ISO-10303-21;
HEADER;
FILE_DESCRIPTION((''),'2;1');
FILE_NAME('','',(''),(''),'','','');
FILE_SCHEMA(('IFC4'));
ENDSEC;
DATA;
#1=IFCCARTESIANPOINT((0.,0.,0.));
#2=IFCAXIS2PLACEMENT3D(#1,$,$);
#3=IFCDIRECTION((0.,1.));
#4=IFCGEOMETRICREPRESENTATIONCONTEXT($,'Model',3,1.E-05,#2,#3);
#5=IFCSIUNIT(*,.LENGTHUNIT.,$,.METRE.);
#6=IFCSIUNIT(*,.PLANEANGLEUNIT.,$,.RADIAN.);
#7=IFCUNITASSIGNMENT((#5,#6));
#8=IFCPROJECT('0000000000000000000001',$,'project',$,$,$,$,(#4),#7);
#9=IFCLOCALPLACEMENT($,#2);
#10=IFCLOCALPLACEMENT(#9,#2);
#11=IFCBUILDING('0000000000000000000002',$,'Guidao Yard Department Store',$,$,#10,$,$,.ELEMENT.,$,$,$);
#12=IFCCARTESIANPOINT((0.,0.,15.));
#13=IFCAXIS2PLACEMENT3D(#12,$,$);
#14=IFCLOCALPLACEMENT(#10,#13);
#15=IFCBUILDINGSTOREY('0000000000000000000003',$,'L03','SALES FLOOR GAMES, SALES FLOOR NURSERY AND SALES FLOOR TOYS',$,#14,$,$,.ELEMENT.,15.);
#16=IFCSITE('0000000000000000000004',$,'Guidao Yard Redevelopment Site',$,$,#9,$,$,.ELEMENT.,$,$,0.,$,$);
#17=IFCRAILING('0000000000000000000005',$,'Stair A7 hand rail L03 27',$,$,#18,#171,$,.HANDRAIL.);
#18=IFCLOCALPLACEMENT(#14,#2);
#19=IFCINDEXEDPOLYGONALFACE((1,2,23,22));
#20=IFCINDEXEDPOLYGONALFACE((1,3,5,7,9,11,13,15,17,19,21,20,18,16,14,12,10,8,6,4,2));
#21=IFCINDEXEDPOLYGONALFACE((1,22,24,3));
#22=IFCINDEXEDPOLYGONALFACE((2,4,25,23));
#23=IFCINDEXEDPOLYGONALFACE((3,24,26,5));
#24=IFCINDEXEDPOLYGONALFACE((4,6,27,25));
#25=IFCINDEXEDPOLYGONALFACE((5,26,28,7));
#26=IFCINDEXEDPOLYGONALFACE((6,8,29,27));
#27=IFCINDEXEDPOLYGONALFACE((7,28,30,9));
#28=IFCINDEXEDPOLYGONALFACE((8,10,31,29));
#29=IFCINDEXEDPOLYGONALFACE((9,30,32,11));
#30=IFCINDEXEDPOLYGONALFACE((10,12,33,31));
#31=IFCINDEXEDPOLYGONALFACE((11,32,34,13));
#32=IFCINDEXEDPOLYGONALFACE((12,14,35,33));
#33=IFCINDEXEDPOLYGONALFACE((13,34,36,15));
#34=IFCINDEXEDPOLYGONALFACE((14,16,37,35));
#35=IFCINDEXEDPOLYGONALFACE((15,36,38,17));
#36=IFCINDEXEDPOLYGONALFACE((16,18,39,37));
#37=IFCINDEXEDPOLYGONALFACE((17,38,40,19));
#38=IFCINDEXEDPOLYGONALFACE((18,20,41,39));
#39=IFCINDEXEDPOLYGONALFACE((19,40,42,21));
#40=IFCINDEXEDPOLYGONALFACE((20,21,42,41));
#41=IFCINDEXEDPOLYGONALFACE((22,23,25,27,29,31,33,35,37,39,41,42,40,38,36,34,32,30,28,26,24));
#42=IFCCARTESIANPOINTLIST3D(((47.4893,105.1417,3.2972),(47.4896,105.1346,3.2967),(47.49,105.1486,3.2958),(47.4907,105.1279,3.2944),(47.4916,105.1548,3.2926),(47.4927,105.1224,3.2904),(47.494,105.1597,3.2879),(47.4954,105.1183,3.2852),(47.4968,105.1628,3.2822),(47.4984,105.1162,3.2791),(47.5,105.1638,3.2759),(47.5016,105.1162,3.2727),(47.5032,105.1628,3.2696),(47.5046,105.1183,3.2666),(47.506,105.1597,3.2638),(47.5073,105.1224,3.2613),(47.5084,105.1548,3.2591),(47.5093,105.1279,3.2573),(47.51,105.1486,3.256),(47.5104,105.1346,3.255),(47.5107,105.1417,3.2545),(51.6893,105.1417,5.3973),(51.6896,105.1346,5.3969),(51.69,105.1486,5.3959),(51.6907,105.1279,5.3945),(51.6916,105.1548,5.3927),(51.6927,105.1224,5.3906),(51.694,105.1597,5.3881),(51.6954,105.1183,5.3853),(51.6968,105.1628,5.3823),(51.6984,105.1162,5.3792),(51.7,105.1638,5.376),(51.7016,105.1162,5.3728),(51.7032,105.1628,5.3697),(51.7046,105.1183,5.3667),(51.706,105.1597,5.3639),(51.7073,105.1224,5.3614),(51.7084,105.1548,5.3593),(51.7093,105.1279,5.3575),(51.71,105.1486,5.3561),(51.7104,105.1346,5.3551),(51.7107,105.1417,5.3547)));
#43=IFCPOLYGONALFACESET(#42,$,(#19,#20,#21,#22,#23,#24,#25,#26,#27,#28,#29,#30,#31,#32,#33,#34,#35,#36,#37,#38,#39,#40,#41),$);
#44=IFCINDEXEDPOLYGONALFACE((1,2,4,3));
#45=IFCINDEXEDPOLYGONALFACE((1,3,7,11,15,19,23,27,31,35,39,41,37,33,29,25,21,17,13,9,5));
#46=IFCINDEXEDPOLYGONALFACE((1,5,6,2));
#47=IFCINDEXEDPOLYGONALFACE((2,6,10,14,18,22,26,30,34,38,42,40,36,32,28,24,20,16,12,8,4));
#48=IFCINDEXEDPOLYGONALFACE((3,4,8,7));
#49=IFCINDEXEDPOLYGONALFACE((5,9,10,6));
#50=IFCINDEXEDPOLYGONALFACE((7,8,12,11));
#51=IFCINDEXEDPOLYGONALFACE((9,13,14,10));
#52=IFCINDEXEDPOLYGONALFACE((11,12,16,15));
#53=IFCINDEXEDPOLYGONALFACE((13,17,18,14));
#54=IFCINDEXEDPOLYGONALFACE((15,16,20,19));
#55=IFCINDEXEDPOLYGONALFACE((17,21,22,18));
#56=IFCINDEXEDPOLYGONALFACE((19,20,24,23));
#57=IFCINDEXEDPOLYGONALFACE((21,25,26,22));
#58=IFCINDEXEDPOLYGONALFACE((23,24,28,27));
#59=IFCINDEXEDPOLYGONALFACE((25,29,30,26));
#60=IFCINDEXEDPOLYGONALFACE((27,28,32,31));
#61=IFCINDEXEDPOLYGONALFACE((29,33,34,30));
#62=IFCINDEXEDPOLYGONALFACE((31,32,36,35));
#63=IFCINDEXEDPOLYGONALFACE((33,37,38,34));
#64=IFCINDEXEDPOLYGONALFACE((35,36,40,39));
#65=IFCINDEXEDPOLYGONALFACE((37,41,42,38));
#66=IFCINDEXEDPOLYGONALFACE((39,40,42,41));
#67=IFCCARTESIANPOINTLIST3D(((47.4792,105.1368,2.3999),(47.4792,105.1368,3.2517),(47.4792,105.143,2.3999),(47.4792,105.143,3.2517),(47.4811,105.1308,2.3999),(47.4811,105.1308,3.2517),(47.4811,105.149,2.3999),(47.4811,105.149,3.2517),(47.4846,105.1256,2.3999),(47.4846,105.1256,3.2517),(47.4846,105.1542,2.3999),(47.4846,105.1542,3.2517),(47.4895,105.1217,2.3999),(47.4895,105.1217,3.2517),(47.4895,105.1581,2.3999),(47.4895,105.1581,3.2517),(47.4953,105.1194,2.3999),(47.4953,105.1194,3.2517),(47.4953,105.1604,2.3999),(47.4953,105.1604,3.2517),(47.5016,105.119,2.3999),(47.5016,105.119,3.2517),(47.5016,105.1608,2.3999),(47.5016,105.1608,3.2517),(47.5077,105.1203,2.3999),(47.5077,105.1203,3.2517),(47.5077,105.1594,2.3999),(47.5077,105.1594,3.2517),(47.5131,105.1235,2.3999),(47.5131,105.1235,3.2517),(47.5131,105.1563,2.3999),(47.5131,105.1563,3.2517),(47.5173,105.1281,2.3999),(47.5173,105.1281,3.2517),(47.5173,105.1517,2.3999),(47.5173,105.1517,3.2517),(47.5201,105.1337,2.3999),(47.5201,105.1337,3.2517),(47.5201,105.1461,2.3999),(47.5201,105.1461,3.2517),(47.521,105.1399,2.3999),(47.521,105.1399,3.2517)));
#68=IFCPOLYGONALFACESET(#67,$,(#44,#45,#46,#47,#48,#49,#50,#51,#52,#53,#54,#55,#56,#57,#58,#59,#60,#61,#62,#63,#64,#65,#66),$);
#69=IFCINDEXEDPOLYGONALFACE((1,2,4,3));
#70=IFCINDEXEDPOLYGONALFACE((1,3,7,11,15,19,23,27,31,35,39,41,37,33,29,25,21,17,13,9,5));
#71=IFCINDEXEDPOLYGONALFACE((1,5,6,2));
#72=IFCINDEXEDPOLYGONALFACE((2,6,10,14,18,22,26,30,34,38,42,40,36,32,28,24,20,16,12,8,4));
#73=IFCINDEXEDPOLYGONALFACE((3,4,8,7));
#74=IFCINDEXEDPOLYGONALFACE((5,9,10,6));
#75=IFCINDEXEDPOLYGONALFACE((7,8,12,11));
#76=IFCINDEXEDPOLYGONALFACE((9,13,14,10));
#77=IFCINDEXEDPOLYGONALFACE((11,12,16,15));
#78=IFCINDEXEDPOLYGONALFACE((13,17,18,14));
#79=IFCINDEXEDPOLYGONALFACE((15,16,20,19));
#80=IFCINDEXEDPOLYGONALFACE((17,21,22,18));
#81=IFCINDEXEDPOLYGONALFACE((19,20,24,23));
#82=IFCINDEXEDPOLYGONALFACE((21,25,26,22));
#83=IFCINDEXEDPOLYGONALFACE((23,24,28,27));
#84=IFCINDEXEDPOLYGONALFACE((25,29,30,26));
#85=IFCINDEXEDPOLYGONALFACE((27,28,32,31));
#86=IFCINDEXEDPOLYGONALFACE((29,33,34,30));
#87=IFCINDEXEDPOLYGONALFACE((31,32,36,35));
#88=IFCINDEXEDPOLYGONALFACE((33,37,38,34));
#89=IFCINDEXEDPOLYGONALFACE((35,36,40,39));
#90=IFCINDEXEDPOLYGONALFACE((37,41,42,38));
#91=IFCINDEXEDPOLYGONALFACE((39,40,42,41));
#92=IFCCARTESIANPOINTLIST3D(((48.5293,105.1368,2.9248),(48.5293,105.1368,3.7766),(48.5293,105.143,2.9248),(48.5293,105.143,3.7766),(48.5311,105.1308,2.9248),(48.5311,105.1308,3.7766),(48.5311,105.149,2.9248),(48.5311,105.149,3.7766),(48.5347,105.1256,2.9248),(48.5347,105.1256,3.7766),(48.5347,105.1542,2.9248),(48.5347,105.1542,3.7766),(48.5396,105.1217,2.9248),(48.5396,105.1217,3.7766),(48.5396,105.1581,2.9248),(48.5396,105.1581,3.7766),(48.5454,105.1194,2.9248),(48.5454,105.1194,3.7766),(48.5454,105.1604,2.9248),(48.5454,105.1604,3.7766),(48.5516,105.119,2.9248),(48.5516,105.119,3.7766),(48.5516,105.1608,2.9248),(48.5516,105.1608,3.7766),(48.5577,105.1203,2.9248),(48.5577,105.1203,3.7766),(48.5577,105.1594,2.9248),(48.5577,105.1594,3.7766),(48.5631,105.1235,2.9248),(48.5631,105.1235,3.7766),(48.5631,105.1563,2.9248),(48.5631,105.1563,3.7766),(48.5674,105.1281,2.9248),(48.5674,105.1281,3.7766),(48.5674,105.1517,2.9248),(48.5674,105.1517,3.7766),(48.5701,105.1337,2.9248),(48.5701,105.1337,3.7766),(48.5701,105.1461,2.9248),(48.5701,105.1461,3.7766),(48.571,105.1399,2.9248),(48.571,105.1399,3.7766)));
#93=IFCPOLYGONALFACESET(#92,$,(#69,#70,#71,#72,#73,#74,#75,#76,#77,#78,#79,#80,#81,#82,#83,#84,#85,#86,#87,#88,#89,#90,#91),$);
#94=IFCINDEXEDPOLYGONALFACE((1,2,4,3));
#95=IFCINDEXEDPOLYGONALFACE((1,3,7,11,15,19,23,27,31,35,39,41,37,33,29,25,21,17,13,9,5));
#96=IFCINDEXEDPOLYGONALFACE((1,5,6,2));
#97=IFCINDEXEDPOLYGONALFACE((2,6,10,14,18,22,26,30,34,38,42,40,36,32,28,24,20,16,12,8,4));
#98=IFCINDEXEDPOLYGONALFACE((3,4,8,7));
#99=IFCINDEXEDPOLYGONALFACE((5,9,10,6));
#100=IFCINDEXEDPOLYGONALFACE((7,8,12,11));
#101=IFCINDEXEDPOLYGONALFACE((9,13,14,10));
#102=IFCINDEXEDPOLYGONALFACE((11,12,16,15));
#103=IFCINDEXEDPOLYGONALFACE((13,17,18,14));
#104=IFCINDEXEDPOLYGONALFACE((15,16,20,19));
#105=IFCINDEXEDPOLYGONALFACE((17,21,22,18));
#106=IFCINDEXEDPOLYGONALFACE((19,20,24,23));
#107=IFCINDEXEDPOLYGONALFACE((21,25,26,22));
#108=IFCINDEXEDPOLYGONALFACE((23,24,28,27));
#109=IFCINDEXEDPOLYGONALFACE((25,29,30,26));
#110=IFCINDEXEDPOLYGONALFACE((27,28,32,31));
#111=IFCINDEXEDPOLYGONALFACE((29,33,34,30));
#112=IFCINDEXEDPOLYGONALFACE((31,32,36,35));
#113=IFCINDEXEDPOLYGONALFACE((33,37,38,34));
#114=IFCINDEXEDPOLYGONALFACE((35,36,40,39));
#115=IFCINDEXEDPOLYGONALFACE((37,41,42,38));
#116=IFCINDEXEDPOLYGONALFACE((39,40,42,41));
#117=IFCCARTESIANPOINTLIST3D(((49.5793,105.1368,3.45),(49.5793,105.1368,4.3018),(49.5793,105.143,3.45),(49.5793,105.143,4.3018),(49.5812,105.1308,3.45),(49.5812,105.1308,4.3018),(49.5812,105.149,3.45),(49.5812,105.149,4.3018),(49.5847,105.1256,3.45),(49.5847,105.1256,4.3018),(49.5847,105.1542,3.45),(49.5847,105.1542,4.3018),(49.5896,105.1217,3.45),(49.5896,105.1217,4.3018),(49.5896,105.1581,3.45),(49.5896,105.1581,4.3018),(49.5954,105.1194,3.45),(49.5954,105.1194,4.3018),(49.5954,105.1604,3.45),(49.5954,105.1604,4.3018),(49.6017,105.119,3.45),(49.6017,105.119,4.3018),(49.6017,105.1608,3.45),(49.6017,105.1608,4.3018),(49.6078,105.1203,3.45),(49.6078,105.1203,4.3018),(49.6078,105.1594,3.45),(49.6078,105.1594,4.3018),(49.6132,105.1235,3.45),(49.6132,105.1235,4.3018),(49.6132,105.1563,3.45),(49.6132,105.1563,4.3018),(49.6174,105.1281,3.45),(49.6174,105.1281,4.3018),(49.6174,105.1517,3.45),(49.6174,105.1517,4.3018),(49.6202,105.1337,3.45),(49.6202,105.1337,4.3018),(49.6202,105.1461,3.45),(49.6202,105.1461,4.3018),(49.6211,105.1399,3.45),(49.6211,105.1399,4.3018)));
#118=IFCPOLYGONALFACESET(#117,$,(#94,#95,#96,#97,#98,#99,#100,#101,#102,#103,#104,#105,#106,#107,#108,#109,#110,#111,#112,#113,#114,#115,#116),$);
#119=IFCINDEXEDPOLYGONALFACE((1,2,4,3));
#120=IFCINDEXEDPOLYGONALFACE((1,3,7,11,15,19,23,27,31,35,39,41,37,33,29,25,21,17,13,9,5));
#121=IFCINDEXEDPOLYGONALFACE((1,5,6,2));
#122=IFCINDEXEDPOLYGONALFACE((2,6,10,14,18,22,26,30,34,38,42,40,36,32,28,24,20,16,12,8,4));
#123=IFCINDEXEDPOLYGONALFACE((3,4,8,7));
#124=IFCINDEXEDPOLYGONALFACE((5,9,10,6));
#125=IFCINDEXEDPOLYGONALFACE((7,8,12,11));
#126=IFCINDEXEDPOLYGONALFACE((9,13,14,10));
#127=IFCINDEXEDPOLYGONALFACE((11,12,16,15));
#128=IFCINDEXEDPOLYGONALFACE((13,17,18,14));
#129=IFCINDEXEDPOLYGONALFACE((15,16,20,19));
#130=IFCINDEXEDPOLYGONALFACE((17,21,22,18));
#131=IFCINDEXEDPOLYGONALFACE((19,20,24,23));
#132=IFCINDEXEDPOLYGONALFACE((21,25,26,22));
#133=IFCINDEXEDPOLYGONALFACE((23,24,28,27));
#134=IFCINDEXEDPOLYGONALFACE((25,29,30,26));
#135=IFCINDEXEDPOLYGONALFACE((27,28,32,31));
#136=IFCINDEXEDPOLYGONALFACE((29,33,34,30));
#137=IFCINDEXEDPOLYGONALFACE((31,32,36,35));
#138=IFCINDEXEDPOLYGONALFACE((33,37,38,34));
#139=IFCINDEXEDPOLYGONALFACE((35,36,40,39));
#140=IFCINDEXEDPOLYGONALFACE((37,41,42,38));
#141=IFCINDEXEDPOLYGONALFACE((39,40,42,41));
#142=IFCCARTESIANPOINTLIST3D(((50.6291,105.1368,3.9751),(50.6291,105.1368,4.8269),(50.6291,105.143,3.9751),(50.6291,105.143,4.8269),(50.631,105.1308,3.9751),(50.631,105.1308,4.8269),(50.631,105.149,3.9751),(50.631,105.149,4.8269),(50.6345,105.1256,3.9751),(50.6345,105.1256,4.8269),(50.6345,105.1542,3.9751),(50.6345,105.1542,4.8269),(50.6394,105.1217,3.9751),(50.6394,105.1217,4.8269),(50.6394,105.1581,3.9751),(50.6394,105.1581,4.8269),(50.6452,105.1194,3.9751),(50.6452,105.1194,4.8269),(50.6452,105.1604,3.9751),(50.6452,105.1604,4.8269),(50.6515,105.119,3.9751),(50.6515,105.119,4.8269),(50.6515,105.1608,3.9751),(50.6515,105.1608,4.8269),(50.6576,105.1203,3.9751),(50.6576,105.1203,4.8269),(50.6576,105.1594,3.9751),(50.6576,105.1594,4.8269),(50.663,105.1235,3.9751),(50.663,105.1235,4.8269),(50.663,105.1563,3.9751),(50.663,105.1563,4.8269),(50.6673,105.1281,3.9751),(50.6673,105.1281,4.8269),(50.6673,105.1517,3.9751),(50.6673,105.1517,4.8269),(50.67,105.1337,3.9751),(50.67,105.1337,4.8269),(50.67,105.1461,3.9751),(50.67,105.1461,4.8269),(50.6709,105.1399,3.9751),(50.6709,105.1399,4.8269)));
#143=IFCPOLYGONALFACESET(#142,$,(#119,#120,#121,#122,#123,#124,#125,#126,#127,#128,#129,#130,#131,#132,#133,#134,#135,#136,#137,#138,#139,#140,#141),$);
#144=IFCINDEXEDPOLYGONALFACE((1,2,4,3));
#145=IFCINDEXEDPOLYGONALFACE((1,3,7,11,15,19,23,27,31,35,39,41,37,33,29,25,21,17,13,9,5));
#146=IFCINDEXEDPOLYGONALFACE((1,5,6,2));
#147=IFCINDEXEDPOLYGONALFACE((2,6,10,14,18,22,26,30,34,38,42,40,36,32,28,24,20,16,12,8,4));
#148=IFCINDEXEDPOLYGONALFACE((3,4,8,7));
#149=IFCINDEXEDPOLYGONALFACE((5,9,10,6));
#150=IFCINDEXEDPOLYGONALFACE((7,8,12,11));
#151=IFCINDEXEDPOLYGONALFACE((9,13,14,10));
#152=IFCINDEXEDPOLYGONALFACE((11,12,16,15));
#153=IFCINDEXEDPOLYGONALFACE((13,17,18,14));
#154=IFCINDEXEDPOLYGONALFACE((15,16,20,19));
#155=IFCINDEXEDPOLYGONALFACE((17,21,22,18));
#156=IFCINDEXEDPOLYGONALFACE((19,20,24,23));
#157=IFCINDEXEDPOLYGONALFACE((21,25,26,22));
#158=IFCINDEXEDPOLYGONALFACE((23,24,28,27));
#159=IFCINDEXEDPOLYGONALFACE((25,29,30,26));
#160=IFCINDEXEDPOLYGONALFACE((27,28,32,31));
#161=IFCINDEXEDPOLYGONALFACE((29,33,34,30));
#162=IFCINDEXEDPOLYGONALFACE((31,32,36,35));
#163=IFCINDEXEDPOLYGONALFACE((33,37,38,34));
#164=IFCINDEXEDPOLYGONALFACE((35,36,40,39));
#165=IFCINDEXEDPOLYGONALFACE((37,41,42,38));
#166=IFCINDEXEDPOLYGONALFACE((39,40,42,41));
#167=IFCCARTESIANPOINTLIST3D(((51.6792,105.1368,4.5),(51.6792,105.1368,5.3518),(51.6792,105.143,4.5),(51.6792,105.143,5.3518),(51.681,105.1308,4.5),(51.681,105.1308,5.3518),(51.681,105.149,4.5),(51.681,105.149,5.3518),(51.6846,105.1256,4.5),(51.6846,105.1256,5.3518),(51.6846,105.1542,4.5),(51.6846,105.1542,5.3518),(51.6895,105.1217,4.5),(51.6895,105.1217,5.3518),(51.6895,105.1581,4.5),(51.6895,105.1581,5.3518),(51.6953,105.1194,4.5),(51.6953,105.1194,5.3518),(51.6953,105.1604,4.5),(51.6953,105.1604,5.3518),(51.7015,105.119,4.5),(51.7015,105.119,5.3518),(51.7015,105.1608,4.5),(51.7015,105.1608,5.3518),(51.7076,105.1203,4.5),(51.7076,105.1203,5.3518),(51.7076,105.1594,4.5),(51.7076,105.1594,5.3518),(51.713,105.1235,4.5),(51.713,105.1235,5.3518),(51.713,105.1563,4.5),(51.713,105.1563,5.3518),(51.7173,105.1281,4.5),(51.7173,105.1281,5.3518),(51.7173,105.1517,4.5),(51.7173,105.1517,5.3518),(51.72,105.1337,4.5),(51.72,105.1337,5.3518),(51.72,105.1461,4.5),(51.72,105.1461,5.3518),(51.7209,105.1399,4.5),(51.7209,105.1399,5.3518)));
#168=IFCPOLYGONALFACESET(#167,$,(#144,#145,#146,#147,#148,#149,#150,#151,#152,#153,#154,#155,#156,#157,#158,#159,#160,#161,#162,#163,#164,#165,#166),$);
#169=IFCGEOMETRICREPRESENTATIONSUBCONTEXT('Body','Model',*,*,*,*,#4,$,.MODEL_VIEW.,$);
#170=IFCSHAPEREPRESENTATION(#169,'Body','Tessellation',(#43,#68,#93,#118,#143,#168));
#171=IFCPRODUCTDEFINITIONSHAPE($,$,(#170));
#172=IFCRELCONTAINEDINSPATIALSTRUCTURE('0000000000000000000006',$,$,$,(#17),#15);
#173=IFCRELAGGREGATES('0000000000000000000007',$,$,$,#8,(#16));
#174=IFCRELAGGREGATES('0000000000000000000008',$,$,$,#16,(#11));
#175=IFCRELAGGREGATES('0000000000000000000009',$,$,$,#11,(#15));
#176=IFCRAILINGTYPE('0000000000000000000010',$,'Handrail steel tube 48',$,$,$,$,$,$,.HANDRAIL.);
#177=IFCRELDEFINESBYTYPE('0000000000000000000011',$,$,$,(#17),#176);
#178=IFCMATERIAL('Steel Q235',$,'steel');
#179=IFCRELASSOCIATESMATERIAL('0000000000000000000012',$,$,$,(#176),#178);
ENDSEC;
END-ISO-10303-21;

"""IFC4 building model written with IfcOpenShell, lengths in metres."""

from ifc_helpers import new_model, si_unit, direction, frame, origin, origin_2d, place, context, subcontext, project, spatial, circle, extrude, material, type_object, element, save


model = new_model("IFC4")

# Units and contexts
model_context = context("Model", 3, precision=1e-05, world=origin(), true_north=direction((0.0, 1.0)))
body_context = subcontext(model_context, "Body", "Model", "MODEL_VIEW")
ifc_project = project(units=[si_unit("LENGTHUNIT", "METRE"), si_unit("PLANEANGLEUNIT", "RADIAN")], contexts=[model_context])

# Site, building, storey
site_placement = place(None, origin())
site = spatial("IfcSite", under=ifc_project, at=site_placement, Name="Guidao Yard Redevelopment Site", CompositionType="ELEMENT", RefElevation=0.0)
building_placement = place(site_placement, origin())
building = spatial("IfcBuilding", under=site, at=building_placement, Name="Guidao Yard Department Store", CompositionType="ELEMENT")
storey_placement = place(building_placement, frame((0.0, 0.0, 15.0)))
storey = spatial("IfcBuildingStorey", under=building, at=storey_placement, Name="L03", Description="SALES FLOOR GAMES, SALES FLOOR NURSERY AND SALES FLOOR TOYS", CompositionType="ELEMENT", Elevation=15.0)

# Railing
ifc_material_1 = material(Name="Steel Q235", Category="steel")
railing_type_1 = type_object("IfcRailingType", Name="Handrail steel tube 48", PredefinedType="HANDRAIL", material=ifc_material_1)
for number, where, name in (
    (1, (47.5, 105.1399, 2.3999), "Stair A7 hand rail L03 27"),
):
    element("IfcRailing", number, at=place(storey_placement, frame(where)), inside=storey, type_object=railing_type_1, Name=name, PredefinedType="HANDRAIL", context=body_context, shape_type="SweptSolid", body=[
        extrude(circle(Radius=0.0239, at=origin_2d()), frame((0.0, 0.0, 0.876), z_axis=(0.894417, 0.0, 0.447234), x_axis=(0.0, 1.0, 0.0)), (0.0, 0.0, 1.0), 4.6958),
        extrude(circle(Radius=0.021, at=origin_2d()), origin(), (0.0, 0.0, 1.0), 0.8518),
        extrude(circle(Radius=0.021, at=origin_2d()), frame((1.05, 0.0, 0.5249)), (0.0, 0.0, 1.0), 0.8518),
        extrude(circle(Radius=0.021, at=origin_2d()), frame((2.1001, 0.0, 1.05)), (0.0, 0.0, 1.0), 0.8518),
        extrude(circle(Radius=0.021, at=origin_2d()), frame((3.1499, 0.0, 1.5752)), (0.0, 0.0, 1.0), 0.8518),
        extrude(circle(Radius=0.021, at=origin_2d()), frame((4.2, 0.0, 2.1001)), (0.0, 0.0, 1.0), 0.8518),
    ])

save(model, "model.ifc")
